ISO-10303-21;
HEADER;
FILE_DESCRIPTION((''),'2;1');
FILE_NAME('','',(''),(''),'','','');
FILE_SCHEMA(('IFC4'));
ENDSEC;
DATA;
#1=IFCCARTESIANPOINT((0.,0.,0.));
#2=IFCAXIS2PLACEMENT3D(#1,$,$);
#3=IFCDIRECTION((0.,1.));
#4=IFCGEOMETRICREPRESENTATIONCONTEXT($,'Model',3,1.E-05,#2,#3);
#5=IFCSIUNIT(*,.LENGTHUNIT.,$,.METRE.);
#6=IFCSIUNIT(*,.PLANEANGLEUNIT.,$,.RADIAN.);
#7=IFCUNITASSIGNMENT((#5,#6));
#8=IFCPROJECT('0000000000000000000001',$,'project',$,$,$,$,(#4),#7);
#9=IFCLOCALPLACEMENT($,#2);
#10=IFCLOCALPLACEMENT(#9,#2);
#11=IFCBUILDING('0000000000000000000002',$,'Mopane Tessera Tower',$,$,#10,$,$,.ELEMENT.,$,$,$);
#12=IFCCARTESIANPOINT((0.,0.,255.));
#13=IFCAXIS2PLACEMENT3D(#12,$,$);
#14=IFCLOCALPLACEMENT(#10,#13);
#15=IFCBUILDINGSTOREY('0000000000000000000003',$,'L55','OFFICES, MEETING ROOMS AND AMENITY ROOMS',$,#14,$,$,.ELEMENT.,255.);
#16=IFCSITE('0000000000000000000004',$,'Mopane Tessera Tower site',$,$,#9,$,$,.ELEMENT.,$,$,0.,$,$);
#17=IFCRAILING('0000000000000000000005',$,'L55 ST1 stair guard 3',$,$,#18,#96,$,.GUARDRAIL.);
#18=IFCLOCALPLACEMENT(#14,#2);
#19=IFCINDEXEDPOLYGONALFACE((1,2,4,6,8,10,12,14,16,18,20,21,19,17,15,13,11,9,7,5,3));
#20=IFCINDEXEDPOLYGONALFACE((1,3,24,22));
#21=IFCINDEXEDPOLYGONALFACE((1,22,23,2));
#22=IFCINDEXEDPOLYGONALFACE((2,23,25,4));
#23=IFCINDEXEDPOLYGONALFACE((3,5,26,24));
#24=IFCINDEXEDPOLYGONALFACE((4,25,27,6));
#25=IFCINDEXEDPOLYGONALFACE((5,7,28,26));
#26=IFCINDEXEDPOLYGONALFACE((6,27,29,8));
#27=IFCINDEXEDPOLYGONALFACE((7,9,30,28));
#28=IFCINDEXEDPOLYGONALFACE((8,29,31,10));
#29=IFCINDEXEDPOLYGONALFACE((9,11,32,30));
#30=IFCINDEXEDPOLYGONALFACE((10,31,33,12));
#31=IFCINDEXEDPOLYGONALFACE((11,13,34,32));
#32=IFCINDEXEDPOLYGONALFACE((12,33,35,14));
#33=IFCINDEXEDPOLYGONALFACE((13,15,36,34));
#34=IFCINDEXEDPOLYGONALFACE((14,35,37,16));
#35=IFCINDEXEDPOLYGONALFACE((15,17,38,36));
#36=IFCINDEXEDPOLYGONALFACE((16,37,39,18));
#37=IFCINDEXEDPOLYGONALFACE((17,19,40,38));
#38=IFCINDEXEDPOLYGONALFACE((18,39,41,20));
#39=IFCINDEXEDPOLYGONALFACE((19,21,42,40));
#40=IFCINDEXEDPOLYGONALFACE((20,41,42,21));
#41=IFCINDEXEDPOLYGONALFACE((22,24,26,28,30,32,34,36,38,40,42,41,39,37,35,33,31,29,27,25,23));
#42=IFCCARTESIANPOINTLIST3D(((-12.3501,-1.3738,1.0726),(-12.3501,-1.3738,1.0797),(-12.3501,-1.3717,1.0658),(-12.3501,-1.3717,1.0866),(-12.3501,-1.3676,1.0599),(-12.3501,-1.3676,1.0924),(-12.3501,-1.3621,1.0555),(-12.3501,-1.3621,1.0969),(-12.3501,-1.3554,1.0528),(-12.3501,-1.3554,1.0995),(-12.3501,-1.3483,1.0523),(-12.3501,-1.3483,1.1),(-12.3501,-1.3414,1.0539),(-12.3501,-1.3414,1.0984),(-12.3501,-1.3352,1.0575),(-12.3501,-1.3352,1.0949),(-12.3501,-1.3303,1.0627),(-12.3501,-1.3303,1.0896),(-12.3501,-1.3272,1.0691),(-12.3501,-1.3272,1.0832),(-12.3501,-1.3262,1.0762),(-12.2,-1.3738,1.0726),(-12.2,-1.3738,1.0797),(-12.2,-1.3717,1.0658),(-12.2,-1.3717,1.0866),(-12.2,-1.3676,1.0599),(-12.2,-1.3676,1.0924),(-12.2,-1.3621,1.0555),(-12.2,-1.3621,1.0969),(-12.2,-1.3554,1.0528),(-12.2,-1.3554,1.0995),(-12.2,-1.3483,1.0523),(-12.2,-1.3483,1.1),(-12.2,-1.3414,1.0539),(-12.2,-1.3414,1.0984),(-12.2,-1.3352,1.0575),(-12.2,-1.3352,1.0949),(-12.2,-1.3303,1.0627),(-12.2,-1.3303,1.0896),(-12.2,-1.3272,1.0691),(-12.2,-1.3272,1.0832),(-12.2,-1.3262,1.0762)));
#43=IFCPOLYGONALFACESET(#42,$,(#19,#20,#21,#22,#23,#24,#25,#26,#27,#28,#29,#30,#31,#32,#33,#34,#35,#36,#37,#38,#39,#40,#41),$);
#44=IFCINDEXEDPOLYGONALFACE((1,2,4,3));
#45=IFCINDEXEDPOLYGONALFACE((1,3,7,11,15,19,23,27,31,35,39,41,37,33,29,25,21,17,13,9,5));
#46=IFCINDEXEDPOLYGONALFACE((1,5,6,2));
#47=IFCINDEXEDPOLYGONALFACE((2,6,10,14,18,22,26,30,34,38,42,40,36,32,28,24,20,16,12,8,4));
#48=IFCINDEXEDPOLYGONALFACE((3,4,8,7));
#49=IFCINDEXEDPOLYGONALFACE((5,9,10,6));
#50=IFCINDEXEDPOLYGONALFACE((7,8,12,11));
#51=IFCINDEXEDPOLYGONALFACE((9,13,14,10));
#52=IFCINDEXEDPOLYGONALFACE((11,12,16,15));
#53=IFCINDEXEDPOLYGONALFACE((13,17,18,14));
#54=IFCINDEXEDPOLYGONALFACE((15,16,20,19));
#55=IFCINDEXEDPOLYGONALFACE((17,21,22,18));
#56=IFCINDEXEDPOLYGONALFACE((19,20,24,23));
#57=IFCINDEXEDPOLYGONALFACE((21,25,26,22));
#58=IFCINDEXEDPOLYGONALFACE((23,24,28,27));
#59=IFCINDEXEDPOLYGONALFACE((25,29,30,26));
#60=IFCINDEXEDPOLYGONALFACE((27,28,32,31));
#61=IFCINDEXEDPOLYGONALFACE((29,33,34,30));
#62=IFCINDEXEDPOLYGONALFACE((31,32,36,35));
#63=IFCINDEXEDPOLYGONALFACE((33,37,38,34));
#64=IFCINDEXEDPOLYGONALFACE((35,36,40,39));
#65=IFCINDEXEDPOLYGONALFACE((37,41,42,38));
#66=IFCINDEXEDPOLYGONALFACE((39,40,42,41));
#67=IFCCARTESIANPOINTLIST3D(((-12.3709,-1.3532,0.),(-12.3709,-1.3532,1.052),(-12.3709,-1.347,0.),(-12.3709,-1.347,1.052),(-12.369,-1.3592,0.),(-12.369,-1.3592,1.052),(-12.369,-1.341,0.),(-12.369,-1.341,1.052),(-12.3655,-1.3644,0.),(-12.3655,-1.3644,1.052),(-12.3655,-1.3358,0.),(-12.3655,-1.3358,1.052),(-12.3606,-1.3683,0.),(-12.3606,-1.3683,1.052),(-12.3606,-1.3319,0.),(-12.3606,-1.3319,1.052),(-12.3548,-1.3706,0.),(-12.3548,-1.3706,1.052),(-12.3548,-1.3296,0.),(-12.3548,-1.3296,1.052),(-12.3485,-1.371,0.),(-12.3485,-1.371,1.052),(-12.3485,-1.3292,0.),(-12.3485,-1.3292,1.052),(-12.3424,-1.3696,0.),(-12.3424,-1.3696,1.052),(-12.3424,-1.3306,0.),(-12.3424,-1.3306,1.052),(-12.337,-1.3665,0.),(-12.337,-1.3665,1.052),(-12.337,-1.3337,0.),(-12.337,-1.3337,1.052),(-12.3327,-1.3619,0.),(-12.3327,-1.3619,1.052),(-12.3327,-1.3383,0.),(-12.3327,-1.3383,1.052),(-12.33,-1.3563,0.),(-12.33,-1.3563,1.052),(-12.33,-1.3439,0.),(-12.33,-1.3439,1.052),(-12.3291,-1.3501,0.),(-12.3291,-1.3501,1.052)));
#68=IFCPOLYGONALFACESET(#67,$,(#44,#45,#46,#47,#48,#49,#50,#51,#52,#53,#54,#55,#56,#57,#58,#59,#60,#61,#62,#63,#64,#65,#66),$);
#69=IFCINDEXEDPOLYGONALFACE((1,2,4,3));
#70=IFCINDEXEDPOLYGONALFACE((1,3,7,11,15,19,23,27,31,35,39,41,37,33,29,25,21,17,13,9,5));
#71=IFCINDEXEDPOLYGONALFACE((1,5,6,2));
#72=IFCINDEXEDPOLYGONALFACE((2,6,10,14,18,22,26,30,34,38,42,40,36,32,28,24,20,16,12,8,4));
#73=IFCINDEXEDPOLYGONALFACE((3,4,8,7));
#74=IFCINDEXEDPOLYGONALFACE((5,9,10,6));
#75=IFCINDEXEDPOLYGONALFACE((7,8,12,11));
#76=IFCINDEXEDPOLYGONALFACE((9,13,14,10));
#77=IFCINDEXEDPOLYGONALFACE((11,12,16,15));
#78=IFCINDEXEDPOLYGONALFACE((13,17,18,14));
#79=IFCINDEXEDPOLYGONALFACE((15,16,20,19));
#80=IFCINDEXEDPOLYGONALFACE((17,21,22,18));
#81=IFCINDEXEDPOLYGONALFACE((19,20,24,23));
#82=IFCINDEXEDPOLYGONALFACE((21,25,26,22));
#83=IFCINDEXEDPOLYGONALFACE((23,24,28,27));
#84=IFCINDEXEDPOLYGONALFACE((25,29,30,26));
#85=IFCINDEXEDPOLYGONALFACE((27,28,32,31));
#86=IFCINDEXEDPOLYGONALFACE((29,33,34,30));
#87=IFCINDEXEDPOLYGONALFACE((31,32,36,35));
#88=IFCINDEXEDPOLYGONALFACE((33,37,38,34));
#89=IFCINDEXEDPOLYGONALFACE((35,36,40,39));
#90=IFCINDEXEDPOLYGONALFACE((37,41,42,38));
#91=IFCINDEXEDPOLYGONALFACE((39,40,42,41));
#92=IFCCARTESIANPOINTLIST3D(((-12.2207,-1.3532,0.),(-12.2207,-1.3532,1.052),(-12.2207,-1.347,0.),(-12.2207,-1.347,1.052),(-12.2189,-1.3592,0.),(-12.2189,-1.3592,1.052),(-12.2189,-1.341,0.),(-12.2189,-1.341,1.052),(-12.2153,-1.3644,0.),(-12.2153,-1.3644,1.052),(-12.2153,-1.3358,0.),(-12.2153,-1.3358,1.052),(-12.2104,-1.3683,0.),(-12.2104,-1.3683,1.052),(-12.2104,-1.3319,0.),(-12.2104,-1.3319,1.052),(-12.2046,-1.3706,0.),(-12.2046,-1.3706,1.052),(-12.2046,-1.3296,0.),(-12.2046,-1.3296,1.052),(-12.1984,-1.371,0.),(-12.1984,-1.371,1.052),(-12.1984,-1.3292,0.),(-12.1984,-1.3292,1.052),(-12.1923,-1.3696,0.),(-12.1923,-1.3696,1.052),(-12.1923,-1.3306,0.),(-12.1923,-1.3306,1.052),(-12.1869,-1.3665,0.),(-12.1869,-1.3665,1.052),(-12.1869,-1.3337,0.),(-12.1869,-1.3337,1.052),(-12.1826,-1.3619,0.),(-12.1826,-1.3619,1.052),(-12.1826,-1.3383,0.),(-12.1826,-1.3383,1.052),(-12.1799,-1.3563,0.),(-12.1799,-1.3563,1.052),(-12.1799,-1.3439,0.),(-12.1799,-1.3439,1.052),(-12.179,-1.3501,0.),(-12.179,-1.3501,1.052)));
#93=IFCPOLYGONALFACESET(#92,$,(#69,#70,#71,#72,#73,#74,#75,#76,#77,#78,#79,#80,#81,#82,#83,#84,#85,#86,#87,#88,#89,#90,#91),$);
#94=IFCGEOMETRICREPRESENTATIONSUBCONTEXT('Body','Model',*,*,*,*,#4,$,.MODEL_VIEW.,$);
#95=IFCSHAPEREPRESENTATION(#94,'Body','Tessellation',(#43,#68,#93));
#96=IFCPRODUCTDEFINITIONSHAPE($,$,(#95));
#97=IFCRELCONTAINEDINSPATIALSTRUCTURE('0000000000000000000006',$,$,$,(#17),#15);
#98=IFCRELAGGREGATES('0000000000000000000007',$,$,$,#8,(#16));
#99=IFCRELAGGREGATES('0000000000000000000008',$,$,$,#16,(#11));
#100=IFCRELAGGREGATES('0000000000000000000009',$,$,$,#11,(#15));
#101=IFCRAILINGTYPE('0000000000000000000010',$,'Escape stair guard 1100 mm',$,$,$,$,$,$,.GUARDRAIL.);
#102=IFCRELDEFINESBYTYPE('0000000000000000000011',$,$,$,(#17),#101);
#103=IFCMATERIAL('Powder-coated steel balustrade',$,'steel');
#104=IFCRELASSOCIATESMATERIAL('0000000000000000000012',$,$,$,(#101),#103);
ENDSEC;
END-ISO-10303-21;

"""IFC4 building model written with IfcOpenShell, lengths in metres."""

from ifc_helpers import new_model, si_unit, direction, frame, origin, origin_2d, place, context, subcontext, project, spatial, circle, extrude, material, type_object, element, save


model = new_model("IFC4")

# Units and contexts
model_context = context("Model", 3, precision=1e-05, world=origin(), true_north=direction((0.0, 1.0)))
body_context = subcontext(model_context, "Body", "Model", "MODEL_VIEW")
ifc_project = project(units=[si_unit("LENGTHUNIT", "METRE"), si_unit("PLANEANGLEUNIT", "RADIAN")], contexts=[model_context])

# Site, building, storey
site_placement = place(None, origin())
site = spatial("IfcSite", under=ifc_project, at=site_placement, Name="Mopane Tessera Tower site", CompositionType="ELEMENT", RefElevation=0.0)
building_placement = place(site_placement, origin())
building = spatial("IfcBuilding", under=site, at=building_placement, Name="Mopane Tessera Tower", CompositionType="ELEMENT")
storey_placement = place(building_placement, frame((0.0, 0.0, 255.0)))
storey = spatial("IfcBuildingStorey", under=building, at=storey_placement, Name="L55", Description="OFFICES, MEETING ROOMS AND AMENITY ROOMS", CompositionType="ELEMENT", Elevation=255.0)

# Railing
ifc_material_1 = material(Name="Powder-coated steel balustrade", Category="steel")
railing_type_1 = type_object("IfcRailingType", Name="Escape stair guard 1100 mm", PredefinedType="GUARDRAIL", material=ifc_material_1)
railing_1_placement = place(storey_placement, frame((-12.3501, -1.3501, 0.0)))
element("IfcRailing", 1, at=railing_1_placement, inside=storey, type_object=railing_type_1, Name="L55 ST1 stair guard 3", PredefinedType="GUARDRAIL", context=body_context, shape_type="SweptSolid", body=[
    extrude(circle(Radius=0.0239, at=origin_2d()), frame((0.0, 0.0, 1.0762), z_axis=(1.0, 0.0, 0.0), x_axis=(0.0, 1.0, 0.0)), (0.0, 0.0, 1.0), 0.1501),
    extrude(circle(Radius=0.021, at=origin_2d()), origin(), (0.0, 0.0, 1.0), 1.052),
    extrude(circle(Radius=0.021, at=origin_2d()), frame((0.1501, 0.0, 0.0)), (0.0, 0.0, 1.0), 1.052),
])

save(model, "model.ifc")
